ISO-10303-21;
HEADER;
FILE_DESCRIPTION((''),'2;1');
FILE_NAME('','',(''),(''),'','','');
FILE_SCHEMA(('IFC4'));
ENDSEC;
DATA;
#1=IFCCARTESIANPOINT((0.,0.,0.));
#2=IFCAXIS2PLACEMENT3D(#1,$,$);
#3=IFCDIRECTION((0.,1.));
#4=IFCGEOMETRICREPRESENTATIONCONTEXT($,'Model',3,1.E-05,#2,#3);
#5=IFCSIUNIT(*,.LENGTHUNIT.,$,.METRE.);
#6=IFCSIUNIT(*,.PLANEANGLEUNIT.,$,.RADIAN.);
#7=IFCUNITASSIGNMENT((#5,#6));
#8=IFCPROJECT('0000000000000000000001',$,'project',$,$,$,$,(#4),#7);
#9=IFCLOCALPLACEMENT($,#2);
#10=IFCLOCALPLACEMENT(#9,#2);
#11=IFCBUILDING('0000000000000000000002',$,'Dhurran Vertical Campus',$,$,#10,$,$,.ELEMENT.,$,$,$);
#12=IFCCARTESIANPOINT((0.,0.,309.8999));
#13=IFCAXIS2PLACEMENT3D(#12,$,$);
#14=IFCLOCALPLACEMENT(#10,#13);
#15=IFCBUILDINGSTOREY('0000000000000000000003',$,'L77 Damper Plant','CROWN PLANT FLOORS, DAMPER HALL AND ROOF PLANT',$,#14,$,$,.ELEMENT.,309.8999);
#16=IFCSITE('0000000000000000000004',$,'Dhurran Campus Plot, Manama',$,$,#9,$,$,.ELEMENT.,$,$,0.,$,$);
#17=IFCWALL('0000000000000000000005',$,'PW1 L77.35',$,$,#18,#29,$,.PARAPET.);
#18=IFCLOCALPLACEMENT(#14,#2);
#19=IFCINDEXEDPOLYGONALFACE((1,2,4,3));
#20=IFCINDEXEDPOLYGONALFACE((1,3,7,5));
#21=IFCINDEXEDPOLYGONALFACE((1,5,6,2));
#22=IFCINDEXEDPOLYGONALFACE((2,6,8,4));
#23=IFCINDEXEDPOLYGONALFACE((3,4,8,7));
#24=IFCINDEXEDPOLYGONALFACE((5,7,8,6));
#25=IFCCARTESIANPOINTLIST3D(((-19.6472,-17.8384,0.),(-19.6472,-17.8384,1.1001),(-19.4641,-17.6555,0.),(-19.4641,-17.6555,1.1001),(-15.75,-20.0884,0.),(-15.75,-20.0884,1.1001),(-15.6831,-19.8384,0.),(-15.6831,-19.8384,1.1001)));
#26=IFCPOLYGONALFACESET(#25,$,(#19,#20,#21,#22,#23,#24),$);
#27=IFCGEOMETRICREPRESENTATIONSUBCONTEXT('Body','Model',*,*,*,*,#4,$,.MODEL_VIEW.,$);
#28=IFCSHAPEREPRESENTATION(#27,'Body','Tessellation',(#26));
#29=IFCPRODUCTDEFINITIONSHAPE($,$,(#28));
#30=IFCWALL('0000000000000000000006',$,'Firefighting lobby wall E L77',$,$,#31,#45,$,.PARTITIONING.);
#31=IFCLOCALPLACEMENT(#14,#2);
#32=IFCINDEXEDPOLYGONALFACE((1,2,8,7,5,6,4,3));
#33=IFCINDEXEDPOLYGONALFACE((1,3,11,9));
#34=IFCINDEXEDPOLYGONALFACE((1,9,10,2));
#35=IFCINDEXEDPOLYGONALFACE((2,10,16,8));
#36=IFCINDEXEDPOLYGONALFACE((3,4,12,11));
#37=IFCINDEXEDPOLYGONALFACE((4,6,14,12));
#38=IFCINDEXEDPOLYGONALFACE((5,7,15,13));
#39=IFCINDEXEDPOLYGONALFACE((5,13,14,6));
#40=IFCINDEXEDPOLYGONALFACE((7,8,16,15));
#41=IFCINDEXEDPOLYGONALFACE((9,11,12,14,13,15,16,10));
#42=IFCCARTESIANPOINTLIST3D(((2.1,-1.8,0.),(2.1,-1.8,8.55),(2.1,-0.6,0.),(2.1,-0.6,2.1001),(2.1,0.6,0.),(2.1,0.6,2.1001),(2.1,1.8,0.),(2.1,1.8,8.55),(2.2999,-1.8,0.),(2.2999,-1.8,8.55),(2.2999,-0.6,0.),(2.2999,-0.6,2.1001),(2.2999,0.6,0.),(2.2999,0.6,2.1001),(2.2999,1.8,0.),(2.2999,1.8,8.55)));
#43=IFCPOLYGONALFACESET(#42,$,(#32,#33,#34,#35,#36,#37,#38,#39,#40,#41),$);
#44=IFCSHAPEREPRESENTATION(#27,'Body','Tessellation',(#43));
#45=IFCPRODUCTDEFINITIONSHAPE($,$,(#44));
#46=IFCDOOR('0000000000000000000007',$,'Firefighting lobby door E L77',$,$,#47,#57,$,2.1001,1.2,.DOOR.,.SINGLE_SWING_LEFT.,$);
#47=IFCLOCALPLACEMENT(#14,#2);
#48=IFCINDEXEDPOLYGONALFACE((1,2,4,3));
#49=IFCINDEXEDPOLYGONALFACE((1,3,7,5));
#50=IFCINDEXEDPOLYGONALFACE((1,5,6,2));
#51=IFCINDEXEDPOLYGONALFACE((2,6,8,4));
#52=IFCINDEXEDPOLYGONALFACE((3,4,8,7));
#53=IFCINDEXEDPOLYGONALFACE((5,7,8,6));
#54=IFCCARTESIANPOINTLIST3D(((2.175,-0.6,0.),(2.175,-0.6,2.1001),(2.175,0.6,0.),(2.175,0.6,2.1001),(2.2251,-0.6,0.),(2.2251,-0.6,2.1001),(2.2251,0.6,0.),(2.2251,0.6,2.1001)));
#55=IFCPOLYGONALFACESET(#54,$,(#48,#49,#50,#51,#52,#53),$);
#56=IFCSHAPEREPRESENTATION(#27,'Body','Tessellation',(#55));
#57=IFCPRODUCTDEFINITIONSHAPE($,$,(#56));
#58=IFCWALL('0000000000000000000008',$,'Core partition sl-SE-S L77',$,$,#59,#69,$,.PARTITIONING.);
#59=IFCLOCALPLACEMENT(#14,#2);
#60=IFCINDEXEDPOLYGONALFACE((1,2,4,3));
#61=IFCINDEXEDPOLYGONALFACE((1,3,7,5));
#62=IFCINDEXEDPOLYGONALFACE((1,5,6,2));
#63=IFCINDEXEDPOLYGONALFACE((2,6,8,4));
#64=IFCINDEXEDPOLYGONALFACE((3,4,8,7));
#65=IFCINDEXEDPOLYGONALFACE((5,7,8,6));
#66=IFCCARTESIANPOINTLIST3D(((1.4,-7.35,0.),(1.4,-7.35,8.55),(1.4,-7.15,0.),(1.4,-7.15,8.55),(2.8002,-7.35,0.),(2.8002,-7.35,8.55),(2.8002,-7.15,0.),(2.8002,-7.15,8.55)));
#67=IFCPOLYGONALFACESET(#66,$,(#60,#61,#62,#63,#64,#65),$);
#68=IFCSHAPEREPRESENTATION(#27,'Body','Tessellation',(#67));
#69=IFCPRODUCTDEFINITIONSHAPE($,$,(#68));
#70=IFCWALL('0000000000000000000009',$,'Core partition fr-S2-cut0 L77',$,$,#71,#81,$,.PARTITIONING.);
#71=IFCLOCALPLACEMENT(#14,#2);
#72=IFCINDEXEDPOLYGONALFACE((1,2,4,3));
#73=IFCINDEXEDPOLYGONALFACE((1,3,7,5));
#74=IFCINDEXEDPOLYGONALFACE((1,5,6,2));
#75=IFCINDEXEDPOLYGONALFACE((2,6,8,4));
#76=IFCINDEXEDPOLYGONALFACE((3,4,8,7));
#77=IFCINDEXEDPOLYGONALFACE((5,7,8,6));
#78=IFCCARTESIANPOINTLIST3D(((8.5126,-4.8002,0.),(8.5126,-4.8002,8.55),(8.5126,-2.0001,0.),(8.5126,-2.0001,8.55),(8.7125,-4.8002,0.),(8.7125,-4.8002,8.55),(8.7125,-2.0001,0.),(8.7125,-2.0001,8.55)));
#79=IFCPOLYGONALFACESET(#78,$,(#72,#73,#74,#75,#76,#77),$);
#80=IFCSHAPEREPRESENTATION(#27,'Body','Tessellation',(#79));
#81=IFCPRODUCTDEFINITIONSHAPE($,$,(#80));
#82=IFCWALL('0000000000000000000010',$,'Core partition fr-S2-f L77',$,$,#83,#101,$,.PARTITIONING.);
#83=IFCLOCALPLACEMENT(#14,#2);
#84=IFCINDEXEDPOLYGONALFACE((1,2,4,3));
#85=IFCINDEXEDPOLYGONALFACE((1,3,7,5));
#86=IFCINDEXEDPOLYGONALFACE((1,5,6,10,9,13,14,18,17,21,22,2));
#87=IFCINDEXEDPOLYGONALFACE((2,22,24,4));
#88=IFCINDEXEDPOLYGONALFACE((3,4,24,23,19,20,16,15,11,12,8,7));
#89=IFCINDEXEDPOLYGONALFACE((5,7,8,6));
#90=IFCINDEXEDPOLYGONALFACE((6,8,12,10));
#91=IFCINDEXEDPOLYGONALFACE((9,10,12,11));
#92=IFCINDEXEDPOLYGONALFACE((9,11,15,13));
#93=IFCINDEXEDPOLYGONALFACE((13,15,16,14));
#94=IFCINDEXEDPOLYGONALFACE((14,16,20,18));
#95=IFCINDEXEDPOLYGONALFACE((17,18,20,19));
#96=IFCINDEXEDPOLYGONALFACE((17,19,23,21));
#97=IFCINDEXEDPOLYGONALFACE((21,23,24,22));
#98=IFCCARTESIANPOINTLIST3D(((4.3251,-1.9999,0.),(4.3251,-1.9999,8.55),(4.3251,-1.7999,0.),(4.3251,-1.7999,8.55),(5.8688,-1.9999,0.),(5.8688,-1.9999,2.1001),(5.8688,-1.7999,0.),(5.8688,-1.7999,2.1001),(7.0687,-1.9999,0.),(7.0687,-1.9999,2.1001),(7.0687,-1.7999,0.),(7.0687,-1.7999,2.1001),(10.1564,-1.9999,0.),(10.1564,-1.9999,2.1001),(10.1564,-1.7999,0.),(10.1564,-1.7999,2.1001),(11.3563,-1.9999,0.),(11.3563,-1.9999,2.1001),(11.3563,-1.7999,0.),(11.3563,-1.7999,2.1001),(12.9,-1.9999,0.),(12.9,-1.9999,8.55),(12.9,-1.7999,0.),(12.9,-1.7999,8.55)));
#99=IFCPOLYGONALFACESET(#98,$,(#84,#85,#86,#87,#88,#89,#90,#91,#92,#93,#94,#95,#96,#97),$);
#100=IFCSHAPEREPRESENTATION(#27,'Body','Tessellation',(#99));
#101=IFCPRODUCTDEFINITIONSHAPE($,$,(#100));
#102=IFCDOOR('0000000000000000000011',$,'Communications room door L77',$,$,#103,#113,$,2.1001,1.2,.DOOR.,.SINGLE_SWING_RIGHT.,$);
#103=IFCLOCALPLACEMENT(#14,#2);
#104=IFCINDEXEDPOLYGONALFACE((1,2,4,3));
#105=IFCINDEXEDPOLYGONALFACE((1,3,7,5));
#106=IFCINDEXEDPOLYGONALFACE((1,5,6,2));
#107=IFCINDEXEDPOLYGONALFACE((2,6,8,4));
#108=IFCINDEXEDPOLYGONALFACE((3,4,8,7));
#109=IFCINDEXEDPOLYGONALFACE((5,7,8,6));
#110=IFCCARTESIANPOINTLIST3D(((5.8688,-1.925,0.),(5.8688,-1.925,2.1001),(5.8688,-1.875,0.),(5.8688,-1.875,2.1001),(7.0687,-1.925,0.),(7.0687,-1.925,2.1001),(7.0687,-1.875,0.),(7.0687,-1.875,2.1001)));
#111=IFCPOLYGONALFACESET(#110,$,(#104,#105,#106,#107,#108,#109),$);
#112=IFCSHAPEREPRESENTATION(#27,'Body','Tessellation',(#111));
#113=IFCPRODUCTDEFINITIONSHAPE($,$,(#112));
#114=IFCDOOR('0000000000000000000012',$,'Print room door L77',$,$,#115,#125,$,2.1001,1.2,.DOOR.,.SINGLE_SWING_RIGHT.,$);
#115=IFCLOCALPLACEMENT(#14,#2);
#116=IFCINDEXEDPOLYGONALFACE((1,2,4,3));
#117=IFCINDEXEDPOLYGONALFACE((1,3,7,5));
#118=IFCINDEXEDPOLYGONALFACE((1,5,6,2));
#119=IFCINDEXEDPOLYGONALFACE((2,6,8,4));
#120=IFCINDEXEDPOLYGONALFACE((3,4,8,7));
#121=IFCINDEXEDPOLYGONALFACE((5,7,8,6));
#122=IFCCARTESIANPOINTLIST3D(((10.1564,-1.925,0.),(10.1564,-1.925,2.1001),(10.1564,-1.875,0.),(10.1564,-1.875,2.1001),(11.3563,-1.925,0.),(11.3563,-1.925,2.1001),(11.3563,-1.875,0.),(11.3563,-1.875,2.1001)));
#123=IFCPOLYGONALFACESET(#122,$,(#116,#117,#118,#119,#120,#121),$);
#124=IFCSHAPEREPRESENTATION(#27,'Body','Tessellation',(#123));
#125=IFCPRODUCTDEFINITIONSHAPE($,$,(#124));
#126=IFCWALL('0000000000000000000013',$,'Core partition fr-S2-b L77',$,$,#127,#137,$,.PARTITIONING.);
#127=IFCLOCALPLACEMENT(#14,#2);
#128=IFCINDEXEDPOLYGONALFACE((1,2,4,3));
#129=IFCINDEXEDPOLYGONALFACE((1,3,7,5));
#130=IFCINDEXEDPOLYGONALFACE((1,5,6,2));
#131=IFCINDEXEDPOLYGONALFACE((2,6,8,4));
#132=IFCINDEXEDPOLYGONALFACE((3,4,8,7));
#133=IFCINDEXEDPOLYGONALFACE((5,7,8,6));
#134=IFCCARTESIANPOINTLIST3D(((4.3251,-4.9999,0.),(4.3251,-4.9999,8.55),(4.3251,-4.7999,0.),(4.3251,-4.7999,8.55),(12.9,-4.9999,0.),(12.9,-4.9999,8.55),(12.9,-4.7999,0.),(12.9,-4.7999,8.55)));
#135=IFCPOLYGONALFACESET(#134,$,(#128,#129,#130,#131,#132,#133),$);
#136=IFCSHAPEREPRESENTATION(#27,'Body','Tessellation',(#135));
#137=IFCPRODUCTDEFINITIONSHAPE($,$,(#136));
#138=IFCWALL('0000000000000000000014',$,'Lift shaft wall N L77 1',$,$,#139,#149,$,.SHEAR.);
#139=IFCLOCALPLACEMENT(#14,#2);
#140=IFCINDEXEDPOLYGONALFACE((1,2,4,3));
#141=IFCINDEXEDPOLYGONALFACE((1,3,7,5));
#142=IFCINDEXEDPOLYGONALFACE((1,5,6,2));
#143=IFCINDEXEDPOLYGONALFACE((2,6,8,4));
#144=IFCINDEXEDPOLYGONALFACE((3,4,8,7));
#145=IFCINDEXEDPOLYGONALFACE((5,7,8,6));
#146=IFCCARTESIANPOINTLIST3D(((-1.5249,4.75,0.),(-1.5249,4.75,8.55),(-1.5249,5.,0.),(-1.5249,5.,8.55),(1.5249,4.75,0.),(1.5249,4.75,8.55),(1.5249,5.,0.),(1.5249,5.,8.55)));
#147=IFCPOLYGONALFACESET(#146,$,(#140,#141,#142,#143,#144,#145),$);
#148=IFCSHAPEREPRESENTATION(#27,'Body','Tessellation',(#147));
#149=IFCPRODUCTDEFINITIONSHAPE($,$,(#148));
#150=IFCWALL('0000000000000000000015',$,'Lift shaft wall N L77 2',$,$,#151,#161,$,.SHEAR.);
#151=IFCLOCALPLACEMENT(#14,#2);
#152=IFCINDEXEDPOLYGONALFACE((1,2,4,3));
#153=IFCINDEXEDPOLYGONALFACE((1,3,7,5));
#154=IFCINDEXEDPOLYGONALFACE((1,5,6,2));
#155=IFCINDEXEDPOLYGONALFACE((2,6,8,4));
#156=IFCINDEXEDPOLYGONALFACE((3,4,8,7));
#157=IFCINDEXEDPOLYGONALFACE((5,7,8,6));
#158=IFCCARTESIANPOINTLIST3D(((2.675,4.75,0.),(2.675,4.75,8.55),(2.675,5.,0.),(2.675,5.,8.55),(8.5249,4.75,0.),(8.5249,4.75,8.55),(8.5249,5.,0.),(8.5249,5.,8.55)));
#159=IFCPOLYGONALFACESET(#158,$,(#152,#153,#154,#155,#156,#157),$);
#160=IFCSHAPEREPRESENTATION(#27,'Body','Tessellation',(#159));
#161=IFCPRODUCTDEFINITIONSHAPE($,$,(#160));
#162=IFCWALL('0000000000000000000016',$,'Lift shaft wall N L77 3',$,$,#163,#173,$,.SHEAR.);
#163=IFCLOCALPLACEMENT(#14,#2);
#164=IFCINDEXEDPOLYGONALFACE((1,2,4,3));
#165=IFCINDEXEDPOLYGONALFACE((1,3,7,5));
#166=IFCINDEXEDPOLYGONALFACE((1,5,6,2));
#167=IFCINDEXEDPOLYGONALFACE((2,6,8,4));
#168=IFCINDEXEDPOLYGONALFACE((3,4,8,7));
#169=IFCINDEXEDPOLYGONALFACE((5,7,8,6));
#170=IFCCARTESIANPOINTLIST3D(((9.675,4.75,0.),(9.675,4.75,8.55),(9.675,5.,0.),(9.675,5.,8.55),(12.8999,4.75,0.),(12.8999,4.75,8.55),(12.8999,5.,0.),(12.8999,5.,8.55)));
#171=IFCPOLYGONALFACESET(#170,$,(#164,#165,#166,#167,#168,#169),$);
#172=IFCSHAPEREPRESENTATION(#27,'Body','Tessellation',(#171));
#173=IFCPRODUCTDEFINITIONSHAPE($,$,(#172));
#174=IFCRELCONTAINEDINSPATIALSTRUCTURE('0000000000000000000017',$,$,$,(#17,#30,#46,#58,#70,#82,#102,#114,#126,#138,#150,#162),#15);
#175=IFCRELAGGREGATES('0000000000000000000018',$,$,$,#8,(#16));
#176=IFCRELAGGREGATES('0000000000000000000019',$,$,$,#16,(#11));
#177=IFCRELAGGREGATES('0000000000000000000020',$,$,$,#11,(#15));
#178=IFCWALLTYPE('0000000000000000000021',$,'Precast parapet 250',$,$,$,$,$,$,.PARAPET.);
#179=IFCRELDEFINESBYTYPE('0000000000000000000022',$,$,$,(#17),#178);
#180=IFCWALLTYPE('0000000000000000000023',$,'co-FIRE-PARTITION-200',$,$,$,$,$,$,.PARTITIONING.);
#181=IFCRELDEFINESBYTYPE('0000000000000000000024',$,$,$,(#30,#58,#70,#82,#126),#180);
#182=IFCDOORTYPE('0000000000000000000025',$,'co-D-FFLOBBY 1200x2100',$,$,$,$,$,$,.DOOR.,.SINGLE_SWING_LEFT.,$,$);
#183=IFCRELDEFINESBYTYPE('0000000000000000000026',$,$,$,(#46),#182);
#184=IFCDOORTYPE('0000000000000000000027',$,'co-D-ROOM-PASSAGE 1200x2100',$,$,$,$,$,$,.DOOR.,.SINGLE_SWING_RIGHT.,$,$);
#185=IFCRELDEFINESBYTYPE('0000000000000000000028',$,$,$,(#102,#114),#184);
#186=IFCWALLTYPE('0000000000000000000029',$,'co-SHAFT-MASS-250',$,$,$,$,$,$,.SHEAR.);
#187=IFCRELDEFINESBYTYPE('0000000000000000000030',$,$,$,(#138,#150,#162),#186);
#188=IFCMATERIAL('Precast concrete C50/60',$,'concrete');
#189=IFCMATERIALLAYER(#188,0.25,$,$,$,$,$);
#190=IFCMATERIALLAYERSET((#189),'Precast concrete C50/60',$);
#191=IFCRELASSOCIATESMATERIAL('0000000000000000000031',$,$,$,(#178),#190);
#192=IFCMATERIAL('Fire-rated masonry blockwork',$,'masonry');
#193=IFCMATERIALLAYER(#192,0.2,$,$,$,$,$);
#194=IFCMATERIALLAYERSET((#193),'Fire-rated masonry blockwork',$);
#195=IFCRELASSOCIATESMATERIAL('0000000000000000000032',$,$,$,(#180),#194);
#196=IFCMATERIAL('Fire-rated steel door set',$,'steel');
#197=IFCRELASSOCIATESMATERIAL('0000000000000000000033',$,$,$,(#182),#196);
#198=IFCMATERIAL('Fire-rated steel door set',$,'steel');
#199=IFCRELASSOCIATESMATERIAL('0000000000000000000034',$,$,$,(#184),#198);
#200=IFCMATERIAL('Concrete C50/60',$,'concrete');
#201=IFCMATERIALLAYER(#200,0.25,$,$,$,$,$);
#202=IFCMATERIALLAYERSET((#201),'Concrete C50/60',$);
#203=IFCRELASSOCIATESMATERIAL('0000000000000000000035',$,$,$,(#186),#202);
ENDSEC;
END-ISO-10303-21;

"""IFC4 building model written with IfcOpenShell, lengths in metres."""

from ifc_helpers import new_model, si_unit, direction, frame, frame_2d, origin, place, context, subcontext, project, spatial, polyline, rectangle, outline, extrude, material, layer, layer_set, type_object, element, fill, save


model = new_model("IFC4")

# Units and contexts
model_context = context("Model", 3, precision=1e-05, world=origin(), true_north=direction((0.0, 1.0)))
body_context = subcontext(model_context, "Body", "Model", "MODEL_VIEW")
ifc_project = project(units=[si_unit("LENGTHUNIT", "METRE"), si_unit("PLANEANGLEUNIT", "RADIAN")], contexts=[model_context])

# Site, building, storey
site_placement = place(None, origin())
site = spatial("IfcSite", under=ifc_project, at=site_placement, Name="Dhurran Campus Plot, Manama", CompositionType="ELEMENT", RefElevation=0.0)
building_placement = place(site_placement, origin())
building = spatial("IfcBuilding", under=site, at=building_placement, Name="Dhurran Vertical Campus", CompositionType="ELEMENT")
storey_placement = place(building_placement, frame((0.0, 0.0, 309.8999)))
storey = spatial("IfcBuildingStorey", under=building, at=storey_placement, Name="L77 Damper Plant", Description="CROWN PLANT FLOORS, DAMPER HALL AND ROOF PLANT", CompositionType="ELEMENT", Elevation=309.8999)

# Wall
ifc_material_1 = material(Name="Precast concrete C50/60", Category="concrete")
ifc_layer_1 = layer(ifc_material_1, 0.25)
ifc_layer_set_1 = layer_set([ifc_layer_1], Name="Precast concrete C50/60")
wall_type_1 = type_object("IfcWallType", Name="Precast parapet 250", PredefinedType="PARAPET", material=ifc_layer_set_1)
wall_1_placement = place(storey_placement, origin())
element("IfcWall", 1, at=wall_1_placement, inside=storey, type_object=wall_type_1, Name="PW1 L77.35", PredefinedType="PARAPET", context=body_context, shape_type="SweptSolid", body=[
    extrude(outline(polyline([(-19.6472, -17.8384), (-15.75, -20.0884), (-15.6831, -19.8384), (-19.4641, -17.6555), (-19.6472, -17.8384)])), origin(), (0.0, 0.0, 1.0), 1.1001),
])

# Wall, opening, door
ifc_material_2 = material(Name="Fire-rated masonry blockwork", Category="masonry")
ifc_layer_2 = layer(ifc_material_2, 0.2)
ifc_layer_set_2 = layer_set([ifc_layer_2], Name="Fire-rated masonry blockwork")
wall_type_2 = type_object("IfcWallType", Name="co-FIRE-PARTITION-200", PredefinedType="PARTITIONING", material=ifc_layer_set_2)
wall_2_placement = place(storey_placement, frame((2.2, -1.8, 0.0), z_axis=(0.0, 0.0, 1.0), x_axis=(0.0, 1.0, 0.0)))
wall_2 = element("IfcWall", 2, at=wall_2_placement, inside=storey, type_object=wall_type_2, Name="Firefighting lobby wall E L77", PredefinedType="PARTITIONING", context=body_context, shape_type="SweptSolid", body=[
    extrude(rectangle(XDim=3.6001, YDim=0.2, at=frame_2d((1.8, 0.0))), origin(), (0.0, 0.0, 1.0), 8.55),
])
opening_1_placement = place(wall_2_placement, frame((1.2, 0.0, 0.0)))
opening_1 = element("IfcOpeningElement", 3, at=opening_1_placement, cuts=wall_2, PredefinedType="OPENING", context=body_context, shape_type="SweptSolid", body=[
    extrude(rectangle(XDim=1.2, YDim=2.1001, at=frame_2d((0.6001, 1.05))), frame((0.0, 0.1099, 0.0), z_axis=(0.0, -1.0, 0.0), x_axis=(1.0, 0.0, 0.0)), (0.0, 0.0, 1.0), 0.22),
])
ifc_material_3 = material(Name="Fire-rated steel door set", Category="steel")
door_type_1 = type_object("IfcDoorType", Name="co-D-FFLOBBY 1200x2100", OperationType="SINGLE_SWING_LEFT", PredefinedType="DOOR", material=ifc_material_3)
door_1_placement = place(opening_1_placement, origin())
door_1 = element("IfcDoor", 4, at=door_1_placement, inside=storey, type_object=door_type_1, Name="Firefighting lobby door E L77", OperationType="SINGLE_SWING_LEFT", OverallHeight=2.1001, OverallWidth=1.2, PredefinedType="DOOR", context=body_context, shape_type="SweptSolid", body=[
    extrude(rectangle(XDim=1.2, YDim=2.1001, at=frame_2d((0.6001, 1.05))), frame((0.0, 0.0249, 0.0), z_axis=(0.0, -1.0, 0.0), x_axis=(1.0, 0.0, 0.0)), (0.0, 0.0, 1.0), 0.05),
])
fill(opening_1, door_1)

# Walls
wall_3_placement = place(storey_placement, frame((1.3999, -7.25, 0.0), z_axis=(0.0, 0.0, 1.0), x_axis=(1.0, 0.0, 0.0)))
element("IfcWall", 5, at=wall_3_placement, inside=storey, type_object=wall_type_2, Name="Core partition sl-SE-S L77", PredefinedType="PARTITIONING", context=body_context, shape_type="SweptSolid", body=[
    extrude(rectangle(XDim=1.4001, YDim=0.2, at=frame_2d((0.7002, 0.0))), origin(), (0.0, 0.0, 1.0), 8.55),
])
wall_4_placement = place(storey_placement, frame((8.6125, -4.8, 0.0), z_axis=(0.0, 0.0, 1.0), x_axis=(0.0, 1.0, 0.0)))
element("IfcWall", 6, at=wall_4_placement, inside=storey, type_object=wall_type_2, Name="Core partition fr-S2-cut0 L77", PredefinedType="PARTITIONING", context=body_context, shape_type="SweptSolid", body=[
    extrude(rectangle(XDim=2.8, YDim=0.2, at=frame_2d((1.3999, 0.0))), origin(), (0.0, 0.0, 1.0), 8.55),
])

# Wall, openings, doors
wall_5_placement = place(storey_placement, frame((4.325, -1.8999, 0.0), z_axis=(0.0, 0.0, 1.0), x_axis=(1.0, 0.0, 0.0)))
wall_5 = element("IfcWall", 7, at=wall_5_placement, inside=storey, type_object=wall_type_2, Name="Core partition fr-S2-f L77", PredefinedType="PARTITIONING", context=body_context, shape_type="SweptSolid", body=[
    extrude(rectangle(XDim=8.575, YDim=0.2, at=frame_2d((4.2876, 0.0))), origin(), (0.0, 0.0, 1.0), 8.55),
])
opening_2_placement = place(wall_5_placement, frame((1.5437, 0.0, 0.0)))
opening_2 = element("IfcOpeningElement", 8, at=opening_2_placement, cuts=wall_5, PredefinedType="OPENING", context=body_context, shape_type="SweptSolid", body=[
    extrude(rectangle(XDim=1.2, YDim=2.1001, at=frame_2d((0.6001, 1.05))), frame((0.0, 0.1099, 0.0), z_axis=(0.0, -1.0, 0.0), x_axis=(1.0, 0.0, 0.0)), (0.0, 0.0, 1.0), 0.22),
])
opening_3_placement = place(wall_5_placement, frame((5.8313, 0.0, 0.0)))
opening_3 = element("IfcOpeningElement", 9, at=opening_3_placement, cuts=wall_5, PredefinedType="OPENING", context=body_context, shape_type="SweptSolid", body=[
    extrude(rectangle(XDim=1.2, YDim=2.1001, at=frame_2d((0.6001, 1.05))), frame((0.0, 0.1099, 0.0), z_axis=(0.0, -1.0, 0.0), x_axis=(1.0, 0.0, 0.0)), (0.0, 0.0, 1.0), 0.22),
])
ifc_material_4 = material(Name="Fire-rated steel door set", Category="steel")
door_type_2 = type_object("IfcDoorType", Name="co-D-ROOM-PASSAGE 1200x2100", OperationType="SINGLE_SWING_RIGHT", PredefinedType="DOOR", material=ifc_material_4)
door_2_placement = place(opening_2_placement, origin())
door_2 = element("IfcDoor", 10, at=door_2_placement, inside=storey, type_object=door_type_2, Name="Communications room door L77", OperationType="SINGLE_SWING_RIGHT", OverallHeight=2.1001, OverallWidth=1.2, PredefinedType="DOOR", context=body_context, shape_type="SweptSolid", body=[
    extrude(rectangle(XDim=1.2, YDim=2.1001, at=frame_2d((0.6001, 1.05))), frame((0.0, 0.0249, 0.0), z_axis=(0.0, -1.0, 0.0), x_axis=(1.0, 0.0, 0.0)), (0.0, 0.0, 1.0), 0.05),
])
fill(opening_2, door_2)
door_3_placement = place(opening_3_placement, origin())
door_3 = element("IfcDoor", 11, at=door_3_placement, inside=storey, type_object=door_type_2, Name="Print room door L77", OperationType="SINGLE_SWING_RIGHT", OverallHeight=2.1001, OverallWidth=1.2, PredefinedType="DOOR", context=body_context, shape_type="SweptSolid", body=[
    extrude(rectangle(XDim=1.2, YDim=2.1001, at=frame_2d((0.6001, 1.05))), frame((0.0, 0.0249, 0.0), z_axis=(0.0, -1.0, 0.0), x_axis=(1.0, 0.0, 0.0)), (0.0, 0.0, 1.0), 0.05),
])
fill(opening_3, door_3)

# Walls
wall_6_placement = place(storey_placement, frame((4.325, -4.8999, 0.0), z_axis=(0.0, 0.0, 1.0), x_axis=(1.0, 0.0, 0.0)))
element("IfcWall", 12, at=wall_6_placement, inside=storey, type_object=wall_type_2, Name="Core partition fr-S2-b L77", PredefinedType="PARTITIONING", context=body_context, shape_type="SweptSolid", body=[
    extrude(rectangle(XDim=8.575, YDim=0.2, at=frame_2d((4.2876, 0.0))), origin(), (0.0, 0.0, 1.0), 8.55),
])
ifc_material_5 = material(Name="Concrete C50/60", Category="concrete")
ifc_layer_3 = layer(ifc_material_5, 0.25)
ifc_layer_set_3 = layer_set([ifc_layer_3], Name="Concrete C50/60")
wall_type_3 = type_object("IfcWallType", Name="co-SHAFT-MASS-250", PredefinedType="SHEAR", material=ifc_layer_set_3)
wall_7_placement = place(storey_placement, origin())
element("IfcWall", 13, at=wall_7_placement, inside=storey, type_object=wall_type_3, Name="Lift shaft wall N L77 1", PredefinedType="SHEAR", context=body_context, shape_type="SweptSolid", body=[
    extrude(outline(polyline([(-1.5249, 4.75), (1.5249, 4.75), (1.5249, 5.0), (-1.5249, 5.0), (-1.5249, 4.75)])), origin(), (0.0, 0.0, 1.0), 8.55),
])
wall_8_placement = place(storey_placement, origin())
element("IfcWall", 14, at=wall_8_placement, inside=storey, type_object=wall_type_3, Name="Lift shaft wall N L77 2", PredefinedType="SHEAR", context=body_context, shape_type="SweptSolid", body=[
    extrude(outline(polyline([(2.675, 4.75), (8.5249, 4.75), (8.5249, 5.0), (2.675, 5.0), (2.675, 4.75)])), origin(), (0.0, 0.0, 1.0), 8.55),
])
wall_9_placement = place(storey_placement, origin())
element("IfcWall", 15, at=wall_9_placement, inside=storey, type_object=wall_type_3, Name="Lift shaft wall N L77 3", PredefinedType="SHEAR", context=body_context, shape_type="SweptSolid", body=[
    extrude(outline(polyline([(9.675, 4.75), (12.8999, 4.75), (12.8999, 5.0), (9.675, 5.0), (9.675, 4.75)])), origin(), (0.0, 0.0, 1.0), 8.55),
])

save(model, "model.ifc")
